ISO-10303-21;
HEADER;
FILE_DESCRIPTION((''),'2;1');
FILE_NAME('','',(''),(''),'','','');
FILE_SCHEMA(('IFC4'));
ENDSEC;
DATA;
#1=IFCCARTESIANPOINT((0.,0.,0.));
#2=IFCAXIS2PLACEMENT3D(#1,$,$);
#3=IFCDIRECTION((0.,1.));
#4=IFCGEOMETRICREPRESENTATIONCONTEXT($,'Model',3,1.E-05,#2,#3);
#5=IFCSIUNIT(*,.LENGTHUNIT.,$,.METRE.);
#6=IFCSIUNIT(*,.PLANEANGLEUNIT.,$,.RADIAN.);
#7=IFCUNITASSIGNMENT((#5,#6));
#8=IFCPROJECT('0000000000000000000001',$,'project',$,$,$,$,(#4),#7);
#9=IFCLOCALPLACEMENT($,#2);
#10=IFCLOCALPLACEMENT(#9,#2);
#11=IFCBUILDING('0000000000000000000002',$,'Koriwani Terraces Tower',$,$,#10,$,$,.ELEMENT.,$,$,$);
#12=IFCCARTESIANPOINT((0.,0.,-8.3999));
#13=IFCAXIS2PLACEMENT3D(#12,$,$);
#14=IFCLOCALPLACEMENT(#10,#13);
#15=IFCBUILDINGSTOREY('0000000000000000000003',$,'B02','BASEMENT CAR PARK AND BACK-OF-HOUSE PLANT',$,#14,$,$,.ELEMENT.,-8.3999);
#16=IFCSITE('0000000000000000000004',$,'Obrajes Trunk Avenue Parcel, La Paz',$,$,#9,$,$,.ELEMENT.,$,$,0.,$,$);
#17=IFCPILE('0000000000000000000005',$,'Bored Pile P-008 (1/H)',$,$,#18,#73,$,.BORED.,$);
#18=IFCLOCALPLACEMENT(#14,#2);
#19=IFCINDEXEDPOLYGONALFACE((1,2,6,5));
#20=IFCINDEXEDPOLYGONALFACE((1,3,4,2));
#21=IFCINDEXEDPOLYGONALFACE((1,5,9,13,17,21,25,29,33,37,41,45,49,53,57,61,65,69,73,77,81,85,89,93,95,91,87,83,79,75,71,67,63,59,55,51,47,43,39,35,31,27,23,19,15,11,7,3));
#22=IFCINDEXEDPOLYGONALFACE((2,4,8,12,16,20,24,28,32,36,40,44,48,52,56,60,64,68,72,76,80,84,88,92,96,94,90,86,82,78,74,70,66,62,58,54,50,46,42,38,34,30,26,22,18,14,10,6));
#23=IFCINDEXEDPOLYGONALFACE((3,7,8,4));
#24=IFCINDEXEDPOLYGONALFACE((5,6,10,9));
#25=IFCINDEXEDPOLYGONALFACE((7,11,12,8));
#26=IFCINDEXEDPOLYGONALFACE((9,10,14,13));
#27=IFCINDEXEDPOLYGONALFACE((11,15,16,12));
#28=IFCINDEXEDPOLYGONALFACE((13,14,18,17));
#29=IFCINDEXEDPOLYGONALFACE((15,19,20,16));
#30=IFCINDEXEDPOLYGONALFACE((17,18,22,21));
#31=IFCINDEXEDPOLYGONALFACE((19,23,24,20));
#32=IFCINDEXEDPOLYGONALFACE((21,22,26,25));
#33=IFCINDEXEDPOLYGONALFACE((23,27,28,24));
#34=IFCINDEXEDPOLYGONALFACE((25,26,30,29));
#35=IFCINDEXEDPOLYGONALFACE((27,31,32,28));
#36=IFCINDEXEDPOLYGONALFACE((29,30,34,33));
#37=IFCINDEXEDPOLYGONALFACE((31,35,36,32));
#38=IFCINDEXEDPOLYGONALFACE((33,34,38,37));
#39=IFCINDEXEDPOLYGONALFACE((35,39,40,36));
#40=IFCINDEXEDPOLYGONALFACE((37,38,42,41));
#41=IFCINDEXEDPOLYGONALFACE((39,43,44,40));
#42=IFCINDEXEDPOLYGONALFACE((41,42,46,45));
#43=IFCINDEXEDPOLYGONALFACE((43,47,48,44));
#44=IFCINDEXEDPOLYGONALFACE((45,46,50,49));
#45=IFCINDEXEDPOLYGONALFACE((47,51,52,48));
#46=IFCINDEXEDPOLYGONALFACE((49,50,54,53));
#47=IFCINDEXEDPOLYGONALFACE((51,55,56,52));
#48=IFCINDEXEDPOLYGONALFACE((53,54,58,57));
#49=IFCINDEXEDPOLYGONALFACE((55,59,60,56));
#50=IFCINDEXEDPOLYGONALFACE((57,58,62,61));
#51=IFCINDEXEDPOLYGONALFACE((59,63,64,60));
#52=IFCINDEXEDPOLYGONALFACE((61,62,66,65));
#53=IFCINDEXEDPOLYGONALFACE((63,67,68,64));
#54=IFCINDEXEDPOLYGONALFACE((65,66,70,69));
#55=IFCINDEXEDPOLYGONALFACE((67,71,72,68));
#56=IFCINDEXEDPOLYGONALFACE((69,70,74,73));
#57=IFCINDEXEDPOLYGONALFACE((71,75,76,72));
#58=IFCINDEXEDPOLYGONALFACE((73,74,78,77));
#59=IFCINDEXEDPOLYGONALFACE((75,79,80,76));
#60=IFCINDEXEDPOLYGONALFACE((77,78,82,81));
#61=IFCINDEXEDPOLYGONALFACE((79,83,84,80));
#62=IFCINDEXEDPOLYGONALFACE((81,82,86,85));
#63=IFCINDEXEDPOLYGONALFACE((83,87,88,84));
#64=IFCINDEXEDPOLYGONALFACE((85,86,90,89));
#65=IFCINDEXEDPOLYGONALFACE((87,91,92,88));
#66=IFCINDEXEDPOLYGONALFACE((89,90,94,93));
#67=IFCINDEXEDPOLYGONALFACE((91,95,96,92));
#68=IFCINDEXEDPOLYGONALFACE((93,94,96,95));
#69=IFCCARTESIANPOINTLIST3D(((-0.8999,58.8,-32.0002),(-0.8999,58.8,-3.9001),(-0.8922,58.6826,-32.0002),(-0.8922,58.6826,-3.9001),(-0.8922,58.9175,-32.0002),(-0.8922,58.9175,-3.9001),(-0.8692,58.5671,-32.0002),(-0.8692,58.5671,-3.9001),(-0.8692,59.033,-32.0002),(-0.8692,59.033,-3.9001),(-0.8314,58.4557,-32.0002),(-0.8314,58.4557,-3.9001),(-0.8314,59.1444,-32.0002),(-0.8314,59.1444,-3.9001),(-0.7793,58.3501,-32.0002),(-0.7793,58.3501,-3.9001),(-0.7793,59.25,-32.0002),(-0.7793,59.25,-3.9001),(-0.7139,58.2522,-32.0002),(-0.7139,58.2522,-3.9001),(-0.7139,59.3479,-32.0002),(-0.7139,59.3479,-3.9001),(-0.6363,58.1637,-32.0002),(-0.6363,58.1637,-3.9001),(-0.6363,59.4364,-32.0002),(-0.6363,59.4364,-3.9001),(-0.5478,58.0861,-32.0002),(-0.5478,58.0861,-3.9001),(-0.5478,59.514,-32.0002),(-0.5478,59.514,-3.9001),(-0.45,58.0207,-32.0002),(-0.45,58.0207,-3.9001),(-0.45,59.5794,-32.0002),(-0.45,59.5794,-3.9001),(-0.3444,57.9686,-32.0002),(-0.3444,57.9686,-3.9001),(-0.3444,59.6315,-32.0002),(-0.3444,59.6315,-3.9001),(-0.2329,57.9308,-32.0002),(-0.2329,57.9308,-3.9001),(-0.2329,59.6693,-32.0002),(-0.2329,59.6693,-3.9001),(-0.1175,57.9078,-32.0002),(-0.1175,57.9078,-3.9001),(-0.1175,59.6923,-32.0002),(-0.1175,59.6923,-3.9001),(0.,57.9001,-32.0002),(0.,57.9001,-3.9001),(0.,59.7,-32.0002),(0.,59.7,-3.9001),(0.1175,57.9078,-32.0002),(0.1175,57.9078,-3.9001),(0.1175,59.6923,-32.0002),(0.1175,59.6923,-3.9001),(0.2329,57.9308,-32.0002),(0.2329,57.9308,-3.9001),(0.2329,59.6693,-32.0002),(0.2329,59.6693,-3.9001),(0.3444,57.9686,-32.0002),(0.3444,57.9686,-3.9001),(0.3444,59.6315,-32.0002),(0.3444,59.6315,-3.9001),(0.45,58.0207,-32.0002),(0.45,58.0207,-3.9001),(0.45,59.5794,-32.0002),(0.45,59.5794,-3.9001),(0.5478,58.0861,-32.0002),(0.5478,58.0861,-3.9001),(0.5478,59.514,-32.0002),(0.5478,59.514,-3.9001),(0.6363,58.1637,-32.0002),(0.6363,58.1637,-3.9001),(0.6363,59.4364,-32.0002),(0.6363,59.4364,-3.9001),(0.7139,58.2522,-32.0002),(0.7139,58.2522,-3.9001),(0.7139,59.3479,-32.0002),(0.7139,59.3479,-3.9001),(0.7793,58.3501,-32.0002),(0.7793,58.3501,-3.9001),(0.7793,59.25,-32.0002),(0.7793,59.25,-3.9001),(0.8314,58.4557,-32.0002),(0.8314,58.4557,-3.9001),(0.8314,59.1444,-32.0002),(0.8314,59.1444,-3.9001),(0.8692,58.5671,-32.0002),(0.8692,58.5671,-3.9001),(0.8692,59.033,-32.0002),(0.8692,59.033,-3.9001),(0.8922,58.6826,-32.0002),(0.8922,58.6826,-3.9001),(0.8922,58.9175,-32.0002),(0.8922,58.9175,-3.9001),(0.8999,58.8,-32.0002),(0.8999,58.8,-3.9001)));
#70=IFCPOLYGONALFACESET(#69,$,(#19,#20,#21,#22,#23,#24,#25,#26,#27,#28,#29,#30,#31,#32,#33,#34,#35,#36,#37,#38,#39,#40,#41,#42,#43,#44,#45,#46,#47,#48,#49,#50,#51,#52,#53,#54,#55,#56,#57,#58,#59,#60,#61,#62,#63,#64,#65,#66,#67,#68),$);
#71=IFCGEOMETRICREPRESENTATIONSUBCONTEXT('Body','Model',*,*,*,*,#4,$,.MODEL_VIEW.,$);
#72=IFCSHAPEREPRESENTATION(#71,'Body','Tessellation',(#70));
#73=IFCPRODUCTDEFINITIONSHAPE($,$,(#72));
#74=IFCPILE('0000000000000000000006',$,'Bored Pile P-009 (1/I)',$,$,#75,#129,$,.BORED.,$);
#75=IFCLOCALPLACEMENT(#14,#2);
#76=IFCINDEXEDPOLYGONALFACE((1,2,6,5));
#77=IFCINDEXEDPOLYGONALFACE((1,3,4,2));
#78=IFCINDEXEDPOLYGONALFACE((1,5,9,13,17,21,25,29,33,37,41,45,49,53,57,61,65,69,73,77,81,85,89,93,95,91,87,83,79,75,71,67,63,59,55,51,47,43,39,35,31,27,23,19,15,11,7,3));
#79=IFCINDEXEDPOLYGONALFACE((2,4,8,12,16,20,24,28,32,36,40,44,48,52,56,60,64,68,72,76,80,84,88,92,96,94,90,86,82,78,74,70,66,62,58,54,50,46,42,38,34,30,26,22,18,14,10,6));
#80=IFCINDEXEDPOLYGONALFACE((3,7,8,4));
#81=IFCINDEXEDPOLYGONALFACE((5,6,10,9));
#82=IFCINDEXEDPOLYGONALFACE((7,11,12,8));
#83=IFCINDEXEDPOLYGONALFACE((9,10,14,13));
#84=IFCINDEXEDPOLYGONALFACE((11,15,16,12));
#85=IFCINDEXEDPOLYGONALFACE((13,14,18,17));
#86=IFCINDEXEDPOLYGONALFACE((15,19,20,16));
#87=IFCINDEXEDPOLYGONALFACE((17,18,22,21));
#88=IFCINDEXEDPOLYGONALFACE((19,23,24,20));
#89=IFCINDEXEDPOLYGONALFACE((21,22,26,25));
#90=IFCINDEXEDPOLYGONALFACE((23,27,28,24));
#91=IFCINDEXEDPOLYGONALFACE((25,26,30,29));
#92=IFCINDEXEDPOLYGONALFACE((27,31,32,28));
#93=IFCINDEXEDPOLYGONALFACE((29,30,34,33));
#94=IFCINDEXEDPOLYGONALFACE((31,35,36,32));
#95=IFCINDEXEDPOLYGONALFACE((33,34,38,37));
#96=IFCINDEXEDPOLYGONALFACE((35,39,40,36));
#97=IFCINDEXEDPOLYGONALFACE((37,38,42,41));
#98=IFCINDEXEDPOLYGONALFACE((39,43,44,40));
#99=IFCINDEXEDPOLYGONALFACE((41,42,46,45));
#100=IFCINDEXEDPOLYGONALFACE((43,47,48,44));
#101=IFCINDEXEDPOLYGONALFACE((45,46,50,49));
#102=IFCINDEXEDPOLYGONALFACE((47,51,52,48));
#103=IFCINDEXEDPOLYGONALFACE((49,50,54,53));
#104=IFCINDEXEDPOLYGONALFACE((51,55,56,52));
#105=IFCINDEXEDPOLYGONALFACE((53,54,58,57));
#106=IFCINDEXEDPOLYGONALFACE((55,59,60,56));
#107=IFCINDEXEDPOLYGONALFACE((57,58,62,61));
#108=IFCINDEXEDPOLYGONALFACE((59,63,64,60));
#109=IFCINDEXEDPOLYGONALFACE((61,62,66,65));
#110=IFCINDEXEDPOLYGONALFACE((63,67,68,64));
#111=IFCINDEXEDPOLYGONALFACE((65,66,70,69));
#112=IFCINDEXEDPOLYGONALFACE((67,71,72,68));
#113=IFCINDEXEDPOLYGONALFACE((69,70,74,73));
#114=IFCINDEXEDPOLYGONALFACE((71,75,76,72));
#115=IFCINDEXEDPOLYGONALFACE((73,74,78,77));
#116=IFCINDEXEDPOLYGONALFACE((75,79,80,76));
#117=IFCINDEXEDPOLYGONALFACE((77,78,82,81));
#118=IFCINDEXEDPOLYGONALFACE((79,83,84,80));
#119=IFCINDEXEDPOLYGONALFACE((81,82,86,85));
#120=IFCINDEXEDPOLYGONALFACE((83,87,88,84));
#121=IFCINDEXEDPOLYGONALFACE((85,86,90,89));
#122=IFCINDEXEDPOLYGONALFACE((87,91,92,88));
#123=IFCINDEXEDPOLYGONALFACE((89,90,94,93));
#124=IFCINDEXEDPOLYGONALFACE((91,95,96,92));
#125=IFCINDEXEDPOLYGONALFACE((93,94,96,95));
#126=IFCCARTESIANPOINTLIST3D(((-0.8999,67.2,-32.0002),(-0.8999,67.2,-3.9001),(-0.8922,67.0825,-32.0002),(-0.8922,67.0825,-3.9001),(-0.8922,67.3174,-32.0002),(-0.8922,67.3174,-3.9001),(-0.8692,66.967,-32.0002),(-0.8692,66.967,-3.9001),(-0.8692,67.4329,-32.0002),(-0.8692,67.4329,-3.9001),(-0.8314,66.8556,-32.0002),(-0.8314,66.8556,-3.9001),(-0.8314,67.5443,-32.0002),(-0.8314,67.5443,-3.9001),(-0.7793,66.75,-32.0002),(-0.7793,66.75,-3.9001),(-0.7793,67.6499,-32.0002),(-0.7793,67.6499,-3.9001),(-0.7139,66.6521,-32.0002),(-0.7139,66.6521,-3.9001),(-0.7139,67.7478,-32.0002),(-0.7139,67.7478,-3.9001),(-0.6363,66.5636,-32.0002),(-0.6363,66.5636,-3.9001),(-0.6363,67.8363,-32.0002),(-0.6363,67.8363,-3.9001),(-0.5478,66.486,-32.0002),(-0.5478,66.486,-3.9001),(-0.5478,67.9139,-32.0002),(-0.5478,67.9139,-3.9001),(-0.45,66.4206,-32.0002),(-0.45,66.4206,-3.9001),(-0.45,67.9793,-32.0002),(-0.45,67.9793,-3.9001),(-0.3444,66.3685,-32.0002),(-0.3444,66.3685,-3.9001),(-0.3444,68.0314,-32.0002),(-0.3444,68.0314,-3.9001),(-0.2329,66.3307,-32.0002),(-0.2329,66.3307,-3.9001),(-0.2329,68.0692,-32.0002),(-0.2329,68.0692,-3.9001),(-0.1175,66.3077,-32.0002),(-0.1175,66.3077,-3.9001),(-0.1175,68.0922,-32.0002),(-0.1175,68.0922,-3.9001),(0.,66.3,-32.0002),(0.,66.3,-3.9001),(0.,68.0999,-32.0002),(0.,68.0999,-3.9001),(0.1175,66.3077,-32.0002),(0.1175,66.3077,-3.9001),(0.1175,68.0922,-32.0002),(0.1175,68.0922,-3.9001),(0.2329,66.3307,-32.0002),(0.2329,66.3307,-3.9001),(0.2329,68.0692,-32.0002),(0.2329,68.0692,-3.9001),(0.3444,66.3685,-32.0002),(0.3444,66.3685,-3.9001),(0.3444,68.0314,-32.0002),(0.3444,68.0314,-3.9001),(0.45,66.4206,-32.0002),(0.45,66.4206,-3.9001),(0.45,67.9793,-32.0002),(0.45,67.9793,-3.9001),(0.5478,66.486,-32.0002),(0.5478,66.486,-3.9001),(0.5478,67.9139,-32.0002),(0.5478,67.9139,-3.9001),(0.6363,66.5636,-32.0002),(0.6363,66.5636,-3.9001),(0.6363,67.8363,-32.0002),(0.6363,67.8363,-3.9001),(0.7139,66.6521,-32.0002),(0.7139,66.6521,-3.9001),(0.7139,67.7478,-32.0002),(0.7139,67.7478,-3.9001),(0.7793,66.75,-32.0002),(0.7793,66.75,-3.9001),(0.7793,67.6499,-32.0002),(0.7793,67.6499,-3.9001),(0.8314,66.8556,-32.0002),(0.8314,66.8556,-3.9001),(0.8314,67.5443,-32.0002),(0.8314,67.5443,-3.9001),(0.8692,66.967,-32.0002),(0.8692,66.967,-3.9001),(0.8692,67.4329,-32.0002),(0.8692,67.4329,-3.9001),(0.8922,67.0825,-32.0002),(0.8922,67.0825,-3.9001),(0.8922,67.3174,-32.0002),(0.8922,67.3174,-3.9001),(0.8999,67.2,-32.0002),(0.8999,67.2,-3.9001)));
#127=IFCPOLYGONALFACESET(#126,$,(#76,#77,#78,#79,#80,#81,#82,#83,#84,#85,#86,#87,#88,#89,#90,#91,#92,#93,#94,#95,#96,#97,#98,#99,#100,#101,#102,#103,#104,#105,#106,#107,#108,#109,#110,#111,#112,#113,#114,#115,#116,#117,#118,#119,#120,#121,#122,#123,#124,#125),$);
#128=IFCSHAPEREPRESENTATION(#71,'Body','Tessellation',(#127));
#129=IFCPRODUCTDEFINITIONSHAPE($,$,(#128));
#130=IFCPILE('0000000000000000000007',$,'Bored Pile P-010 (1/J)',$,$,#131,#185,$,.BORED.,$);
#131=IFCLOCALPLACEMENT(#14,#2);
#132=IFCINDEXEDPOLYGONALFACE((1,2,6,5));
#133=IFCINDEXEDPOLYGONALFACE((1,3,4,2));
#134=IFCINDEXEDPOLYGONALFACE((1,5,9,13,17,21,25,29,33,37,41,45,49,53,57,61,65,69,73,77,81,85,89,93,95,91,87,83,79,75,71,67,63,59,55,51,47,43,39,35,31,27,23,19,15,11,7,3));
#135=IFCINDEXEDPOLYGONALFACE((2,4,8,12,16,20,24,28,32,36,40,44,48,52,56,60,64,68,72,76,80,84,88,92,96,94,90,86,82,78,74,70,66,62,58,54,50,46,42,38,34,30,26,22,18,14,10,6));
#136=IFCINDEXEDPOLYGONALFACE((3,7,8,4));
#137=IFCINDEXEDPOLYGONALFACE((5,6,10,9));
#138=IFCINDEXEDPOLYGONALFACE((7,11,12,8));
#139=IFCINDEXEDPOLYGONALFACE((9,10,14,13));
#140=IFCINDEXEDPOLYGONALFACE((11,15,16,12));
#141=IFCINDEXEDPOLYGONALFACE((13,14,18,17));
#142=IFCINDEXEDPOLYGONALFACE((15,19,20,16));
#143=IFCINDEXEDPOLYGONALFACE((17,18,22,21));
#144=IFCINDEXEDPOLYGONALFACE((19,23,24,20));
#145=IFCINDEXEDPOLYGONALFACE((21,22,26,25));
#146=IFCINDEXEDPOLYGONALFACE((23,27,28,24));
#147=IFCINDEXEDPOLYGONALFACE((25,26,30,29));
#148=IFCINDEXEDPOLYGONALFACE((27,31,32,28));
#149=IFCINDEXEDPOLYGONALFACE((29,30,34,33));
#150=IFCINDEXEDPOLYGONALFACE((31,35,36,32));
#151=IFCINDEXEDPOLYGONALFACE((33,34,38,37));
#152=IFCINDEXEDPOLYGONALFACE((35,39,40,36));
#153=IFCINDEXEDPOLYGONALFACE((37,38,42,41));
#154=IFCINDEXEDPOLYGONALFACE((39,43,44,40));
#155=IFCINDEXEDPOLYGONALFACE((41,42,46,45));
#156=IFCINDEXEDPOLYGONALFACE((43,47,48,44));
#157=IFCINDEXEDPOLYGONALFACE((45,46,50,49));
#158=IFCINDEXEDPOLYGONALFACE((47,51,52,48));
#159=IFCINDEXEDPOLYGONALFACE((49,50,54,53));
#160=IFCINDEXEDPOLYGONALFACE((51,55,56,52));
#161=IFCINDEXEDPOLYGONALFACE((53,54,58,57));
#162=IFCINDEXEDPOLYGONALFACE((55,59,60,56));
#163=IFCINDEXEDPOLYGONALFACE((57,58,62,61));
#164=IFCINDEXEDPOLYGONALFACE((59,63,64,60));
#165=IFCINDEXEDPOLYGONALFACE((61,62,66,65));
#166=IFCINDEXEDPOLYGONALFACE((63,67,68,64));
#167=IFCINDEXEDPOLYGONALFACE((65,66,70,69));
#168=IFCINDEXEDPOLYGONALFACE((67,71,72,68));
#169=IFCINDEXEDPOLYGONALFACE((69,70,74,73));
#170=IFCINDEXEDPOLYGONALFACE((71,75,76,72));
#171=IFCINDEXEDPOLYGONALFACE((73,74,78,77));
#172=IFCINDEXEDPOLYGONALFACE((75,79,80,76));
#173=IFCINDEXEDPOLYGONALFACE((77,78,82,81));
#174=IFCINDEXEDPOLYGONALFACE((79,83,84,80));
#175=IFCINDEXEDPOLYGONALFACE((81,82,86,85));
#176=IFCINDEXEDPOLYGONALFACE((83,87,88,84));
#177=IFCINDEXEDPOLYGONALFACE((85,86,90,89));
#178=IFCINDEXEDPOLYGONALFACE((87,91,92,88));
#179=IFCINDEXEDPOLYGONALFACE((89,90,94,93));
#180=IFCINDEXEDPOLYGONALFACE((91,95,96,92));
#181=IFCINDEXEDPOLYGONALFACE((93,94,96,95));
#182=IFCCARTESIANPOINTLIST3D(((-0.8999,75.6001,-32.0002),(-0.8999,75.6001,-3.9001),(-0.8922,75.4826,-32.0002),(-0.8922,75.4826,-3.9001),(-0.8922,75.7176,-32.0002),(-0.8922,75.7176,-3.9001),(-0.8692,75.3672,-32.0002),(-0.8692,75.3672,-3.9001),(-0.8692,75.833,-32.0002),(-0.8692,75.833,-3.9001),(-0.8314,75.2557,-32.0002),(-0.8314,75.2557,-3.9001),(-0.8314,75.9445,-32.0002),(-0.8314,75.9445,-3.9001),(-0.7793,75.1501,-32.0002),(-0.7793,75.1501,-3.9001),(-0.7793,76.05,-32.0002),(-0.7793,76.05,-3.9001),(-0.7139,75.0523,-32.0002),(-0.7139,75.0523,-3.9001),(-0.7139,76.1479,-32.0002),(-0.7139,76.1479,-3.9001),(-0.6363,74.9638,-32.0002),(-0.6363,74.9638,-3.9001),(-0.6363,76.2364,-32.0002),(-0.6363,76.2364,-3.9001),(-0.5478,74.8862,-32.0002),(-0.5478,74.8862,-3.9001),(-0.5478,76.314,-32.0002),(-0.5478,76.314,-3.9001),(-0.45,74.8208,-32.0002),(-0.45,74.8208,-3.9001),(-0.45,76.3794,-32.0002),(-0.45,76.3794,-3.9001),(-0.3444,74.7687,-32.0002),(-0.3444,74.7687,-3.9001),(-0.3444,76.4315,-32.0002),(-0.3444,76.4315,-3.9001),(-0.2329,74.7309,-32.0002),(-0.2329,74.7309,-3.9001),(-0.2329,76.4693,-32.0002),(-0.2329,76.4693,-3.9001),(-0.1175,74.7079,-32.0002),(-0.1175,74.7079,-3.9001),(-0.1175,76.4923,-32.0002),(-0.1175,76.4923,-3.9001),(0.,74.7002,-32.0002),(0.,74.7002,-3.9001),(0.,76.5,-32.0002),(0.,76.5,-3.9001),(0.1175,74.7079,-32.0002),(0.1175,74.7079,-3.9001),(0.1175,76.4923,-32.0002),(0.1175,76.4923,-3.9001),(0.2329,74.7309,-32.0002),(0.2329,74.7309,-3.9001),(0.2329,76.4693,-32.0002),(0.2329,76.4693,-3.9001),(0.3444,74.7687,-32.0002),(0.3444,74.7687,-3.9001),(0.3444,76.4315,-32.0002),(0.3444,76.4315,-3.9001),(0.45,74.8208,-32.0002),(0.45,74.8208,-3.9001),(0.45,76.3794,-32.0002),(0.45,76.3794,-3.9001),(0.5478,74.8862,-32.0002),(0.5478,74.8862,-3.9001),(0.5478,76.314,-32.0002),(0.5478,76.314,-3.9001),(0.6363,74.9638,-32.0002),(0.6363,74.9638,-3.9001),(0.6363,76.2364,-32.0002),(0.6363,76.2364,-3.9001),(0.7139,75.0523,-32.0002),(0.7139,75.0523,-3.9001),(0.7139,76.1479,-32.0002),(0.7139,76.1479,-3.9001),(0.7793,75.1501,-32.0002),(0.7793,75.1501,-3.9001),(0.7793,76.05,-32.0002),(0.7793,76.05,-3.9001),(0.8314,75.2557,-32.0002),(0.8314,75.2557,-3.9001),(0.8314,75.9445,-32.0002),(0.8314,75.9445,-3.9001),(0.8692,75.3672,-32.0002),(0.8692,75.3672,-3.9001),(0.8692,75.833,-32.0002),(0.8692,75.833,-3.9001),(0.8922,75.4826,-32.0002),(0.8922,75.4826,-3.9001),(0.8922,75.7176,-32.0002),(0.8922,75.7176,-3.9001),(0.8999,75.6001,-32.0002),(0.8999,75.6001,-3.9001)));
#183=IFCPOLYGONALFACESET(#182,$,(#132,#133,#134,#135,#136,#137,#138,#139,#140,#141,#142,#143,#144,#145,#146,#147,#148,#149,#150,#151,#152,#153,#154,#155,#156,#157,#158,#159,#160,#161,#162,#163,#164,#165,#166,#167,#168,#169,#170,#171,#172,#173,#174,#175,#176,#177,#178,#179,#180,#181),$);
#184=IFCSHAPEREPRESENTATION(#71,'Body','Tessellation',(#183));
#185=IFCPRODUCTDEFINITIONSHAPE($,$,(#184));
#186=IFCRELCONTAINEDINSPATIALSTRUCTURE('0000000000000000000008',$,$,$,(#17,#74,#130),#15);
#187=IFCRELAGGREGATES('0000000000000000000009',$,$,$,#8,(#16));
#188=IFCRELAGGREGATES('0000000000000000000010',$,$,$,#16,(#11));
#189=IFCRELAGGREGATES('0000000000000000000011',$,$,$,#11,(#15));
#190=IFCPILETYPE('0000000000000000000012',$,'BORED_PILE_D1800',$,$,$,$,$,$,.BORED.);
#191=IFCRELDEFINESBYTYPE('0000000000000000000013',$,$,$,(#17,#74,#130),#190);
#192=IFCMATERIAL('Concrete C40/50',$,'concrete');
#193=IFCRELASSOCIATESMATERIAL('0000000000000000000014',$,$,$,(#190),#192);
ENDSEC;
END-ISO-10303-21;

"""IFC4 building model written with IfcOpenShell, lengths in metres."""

from ifc_helpers import new_model, si_unit, direction, frame, origin, origin_2d, place, context, subcontext, project, spatial, circle, extrude, material, material_profile, profile_set, type_object, element, save


model = new_model("IFC4")

# Units and contexts
model_context = context("Model", 3, precision=1e-05, world=origin(), true_north=direction((0.0, 1.0)))
body_context = subcontext(model_context, "Body", "Model", "MODEL_VIEW")
ifc_project = project(units=[si_unit("LENGTHUNIT", "METRE"), si_unit("PLANEANGLEUNIT", "RADIAN")], contexts=[model_context])

# Site, building, storey
site_placement = place(None, origin())
site = spatial("IfcSite", under=ifc_project, at=site_placement, Name="Obrajes Trunk Avenue Parcel, La Paz", CompositionType="ELEMENT", RefElevation=0.0)
building_placement = place(site_placement, origin())
building = spatial("IfcBuilding", under=site, at=building_placement, Name="Koriwani Terraces Tower", CompositionType="ELEMENT")
storey_placement = place(building_placement, frame((0.0, 0.0, -8.3999)))
storey = spatial("IfcBuildingStorey", under=building, at=storey_placement, Name="B02", Description="BASEMENT CAR PARK AND BACK-OF-HOUSE PLANT", CompositionType="ELEMENT", Elevation=-8.3999)

# Piles
ifc_material_1 = material(Name="Concrete C40/50", Category="concrete")
ifc_material_profile_1 = material_profile(ifc_material_1, circle(Radius=0.8999, at=origin_2d()), Name="Concrete C40/50")
ifc_profile_set_1 = profile_set([ifc_material_profile_1], Name="Concrete C40/50")
pile_type = type_object("IfcPileType", Name="BORED_PILE_D1800", PredefinedType="BORED", material=ifc_profile_set_1)
for number, where, z_axis, x_axis, name in (
    (1, (0.0, 58.8, -3.9001), (0.0, 0.0, -1.0), (1.0, 0.0, 0.0), "Bored Pile P-008 (1/H)"),
    (2, (0.0, 67.2, -3.9001), (0.0, 0.0, -1.0), (1.0, 0.0, 0.0), "Bored Pile P-009 (1/I)"),
    (3, (0.0, 75.6001, -3.9001), (0.0, 0.0, -1.0), (1.0, 0.0, 0.0), "Bored Pile P-010 (1/J)"),
):
    element("IfcPile", number, at=place(storey_placement, frame(where, z_axis=z_axis, x_axis=x_axis)), inside=storey, type_object=pile_type, Name=name, PredefinedType="BORED", context=body_context, shape_type="SweptSolid", body=[
        extrude(circle(Radius=0.8999, at=origin_2d()), origin(), (0.0, 0.0, 1.0), 28.1001),
    ])

save(model, "model.ifc")
